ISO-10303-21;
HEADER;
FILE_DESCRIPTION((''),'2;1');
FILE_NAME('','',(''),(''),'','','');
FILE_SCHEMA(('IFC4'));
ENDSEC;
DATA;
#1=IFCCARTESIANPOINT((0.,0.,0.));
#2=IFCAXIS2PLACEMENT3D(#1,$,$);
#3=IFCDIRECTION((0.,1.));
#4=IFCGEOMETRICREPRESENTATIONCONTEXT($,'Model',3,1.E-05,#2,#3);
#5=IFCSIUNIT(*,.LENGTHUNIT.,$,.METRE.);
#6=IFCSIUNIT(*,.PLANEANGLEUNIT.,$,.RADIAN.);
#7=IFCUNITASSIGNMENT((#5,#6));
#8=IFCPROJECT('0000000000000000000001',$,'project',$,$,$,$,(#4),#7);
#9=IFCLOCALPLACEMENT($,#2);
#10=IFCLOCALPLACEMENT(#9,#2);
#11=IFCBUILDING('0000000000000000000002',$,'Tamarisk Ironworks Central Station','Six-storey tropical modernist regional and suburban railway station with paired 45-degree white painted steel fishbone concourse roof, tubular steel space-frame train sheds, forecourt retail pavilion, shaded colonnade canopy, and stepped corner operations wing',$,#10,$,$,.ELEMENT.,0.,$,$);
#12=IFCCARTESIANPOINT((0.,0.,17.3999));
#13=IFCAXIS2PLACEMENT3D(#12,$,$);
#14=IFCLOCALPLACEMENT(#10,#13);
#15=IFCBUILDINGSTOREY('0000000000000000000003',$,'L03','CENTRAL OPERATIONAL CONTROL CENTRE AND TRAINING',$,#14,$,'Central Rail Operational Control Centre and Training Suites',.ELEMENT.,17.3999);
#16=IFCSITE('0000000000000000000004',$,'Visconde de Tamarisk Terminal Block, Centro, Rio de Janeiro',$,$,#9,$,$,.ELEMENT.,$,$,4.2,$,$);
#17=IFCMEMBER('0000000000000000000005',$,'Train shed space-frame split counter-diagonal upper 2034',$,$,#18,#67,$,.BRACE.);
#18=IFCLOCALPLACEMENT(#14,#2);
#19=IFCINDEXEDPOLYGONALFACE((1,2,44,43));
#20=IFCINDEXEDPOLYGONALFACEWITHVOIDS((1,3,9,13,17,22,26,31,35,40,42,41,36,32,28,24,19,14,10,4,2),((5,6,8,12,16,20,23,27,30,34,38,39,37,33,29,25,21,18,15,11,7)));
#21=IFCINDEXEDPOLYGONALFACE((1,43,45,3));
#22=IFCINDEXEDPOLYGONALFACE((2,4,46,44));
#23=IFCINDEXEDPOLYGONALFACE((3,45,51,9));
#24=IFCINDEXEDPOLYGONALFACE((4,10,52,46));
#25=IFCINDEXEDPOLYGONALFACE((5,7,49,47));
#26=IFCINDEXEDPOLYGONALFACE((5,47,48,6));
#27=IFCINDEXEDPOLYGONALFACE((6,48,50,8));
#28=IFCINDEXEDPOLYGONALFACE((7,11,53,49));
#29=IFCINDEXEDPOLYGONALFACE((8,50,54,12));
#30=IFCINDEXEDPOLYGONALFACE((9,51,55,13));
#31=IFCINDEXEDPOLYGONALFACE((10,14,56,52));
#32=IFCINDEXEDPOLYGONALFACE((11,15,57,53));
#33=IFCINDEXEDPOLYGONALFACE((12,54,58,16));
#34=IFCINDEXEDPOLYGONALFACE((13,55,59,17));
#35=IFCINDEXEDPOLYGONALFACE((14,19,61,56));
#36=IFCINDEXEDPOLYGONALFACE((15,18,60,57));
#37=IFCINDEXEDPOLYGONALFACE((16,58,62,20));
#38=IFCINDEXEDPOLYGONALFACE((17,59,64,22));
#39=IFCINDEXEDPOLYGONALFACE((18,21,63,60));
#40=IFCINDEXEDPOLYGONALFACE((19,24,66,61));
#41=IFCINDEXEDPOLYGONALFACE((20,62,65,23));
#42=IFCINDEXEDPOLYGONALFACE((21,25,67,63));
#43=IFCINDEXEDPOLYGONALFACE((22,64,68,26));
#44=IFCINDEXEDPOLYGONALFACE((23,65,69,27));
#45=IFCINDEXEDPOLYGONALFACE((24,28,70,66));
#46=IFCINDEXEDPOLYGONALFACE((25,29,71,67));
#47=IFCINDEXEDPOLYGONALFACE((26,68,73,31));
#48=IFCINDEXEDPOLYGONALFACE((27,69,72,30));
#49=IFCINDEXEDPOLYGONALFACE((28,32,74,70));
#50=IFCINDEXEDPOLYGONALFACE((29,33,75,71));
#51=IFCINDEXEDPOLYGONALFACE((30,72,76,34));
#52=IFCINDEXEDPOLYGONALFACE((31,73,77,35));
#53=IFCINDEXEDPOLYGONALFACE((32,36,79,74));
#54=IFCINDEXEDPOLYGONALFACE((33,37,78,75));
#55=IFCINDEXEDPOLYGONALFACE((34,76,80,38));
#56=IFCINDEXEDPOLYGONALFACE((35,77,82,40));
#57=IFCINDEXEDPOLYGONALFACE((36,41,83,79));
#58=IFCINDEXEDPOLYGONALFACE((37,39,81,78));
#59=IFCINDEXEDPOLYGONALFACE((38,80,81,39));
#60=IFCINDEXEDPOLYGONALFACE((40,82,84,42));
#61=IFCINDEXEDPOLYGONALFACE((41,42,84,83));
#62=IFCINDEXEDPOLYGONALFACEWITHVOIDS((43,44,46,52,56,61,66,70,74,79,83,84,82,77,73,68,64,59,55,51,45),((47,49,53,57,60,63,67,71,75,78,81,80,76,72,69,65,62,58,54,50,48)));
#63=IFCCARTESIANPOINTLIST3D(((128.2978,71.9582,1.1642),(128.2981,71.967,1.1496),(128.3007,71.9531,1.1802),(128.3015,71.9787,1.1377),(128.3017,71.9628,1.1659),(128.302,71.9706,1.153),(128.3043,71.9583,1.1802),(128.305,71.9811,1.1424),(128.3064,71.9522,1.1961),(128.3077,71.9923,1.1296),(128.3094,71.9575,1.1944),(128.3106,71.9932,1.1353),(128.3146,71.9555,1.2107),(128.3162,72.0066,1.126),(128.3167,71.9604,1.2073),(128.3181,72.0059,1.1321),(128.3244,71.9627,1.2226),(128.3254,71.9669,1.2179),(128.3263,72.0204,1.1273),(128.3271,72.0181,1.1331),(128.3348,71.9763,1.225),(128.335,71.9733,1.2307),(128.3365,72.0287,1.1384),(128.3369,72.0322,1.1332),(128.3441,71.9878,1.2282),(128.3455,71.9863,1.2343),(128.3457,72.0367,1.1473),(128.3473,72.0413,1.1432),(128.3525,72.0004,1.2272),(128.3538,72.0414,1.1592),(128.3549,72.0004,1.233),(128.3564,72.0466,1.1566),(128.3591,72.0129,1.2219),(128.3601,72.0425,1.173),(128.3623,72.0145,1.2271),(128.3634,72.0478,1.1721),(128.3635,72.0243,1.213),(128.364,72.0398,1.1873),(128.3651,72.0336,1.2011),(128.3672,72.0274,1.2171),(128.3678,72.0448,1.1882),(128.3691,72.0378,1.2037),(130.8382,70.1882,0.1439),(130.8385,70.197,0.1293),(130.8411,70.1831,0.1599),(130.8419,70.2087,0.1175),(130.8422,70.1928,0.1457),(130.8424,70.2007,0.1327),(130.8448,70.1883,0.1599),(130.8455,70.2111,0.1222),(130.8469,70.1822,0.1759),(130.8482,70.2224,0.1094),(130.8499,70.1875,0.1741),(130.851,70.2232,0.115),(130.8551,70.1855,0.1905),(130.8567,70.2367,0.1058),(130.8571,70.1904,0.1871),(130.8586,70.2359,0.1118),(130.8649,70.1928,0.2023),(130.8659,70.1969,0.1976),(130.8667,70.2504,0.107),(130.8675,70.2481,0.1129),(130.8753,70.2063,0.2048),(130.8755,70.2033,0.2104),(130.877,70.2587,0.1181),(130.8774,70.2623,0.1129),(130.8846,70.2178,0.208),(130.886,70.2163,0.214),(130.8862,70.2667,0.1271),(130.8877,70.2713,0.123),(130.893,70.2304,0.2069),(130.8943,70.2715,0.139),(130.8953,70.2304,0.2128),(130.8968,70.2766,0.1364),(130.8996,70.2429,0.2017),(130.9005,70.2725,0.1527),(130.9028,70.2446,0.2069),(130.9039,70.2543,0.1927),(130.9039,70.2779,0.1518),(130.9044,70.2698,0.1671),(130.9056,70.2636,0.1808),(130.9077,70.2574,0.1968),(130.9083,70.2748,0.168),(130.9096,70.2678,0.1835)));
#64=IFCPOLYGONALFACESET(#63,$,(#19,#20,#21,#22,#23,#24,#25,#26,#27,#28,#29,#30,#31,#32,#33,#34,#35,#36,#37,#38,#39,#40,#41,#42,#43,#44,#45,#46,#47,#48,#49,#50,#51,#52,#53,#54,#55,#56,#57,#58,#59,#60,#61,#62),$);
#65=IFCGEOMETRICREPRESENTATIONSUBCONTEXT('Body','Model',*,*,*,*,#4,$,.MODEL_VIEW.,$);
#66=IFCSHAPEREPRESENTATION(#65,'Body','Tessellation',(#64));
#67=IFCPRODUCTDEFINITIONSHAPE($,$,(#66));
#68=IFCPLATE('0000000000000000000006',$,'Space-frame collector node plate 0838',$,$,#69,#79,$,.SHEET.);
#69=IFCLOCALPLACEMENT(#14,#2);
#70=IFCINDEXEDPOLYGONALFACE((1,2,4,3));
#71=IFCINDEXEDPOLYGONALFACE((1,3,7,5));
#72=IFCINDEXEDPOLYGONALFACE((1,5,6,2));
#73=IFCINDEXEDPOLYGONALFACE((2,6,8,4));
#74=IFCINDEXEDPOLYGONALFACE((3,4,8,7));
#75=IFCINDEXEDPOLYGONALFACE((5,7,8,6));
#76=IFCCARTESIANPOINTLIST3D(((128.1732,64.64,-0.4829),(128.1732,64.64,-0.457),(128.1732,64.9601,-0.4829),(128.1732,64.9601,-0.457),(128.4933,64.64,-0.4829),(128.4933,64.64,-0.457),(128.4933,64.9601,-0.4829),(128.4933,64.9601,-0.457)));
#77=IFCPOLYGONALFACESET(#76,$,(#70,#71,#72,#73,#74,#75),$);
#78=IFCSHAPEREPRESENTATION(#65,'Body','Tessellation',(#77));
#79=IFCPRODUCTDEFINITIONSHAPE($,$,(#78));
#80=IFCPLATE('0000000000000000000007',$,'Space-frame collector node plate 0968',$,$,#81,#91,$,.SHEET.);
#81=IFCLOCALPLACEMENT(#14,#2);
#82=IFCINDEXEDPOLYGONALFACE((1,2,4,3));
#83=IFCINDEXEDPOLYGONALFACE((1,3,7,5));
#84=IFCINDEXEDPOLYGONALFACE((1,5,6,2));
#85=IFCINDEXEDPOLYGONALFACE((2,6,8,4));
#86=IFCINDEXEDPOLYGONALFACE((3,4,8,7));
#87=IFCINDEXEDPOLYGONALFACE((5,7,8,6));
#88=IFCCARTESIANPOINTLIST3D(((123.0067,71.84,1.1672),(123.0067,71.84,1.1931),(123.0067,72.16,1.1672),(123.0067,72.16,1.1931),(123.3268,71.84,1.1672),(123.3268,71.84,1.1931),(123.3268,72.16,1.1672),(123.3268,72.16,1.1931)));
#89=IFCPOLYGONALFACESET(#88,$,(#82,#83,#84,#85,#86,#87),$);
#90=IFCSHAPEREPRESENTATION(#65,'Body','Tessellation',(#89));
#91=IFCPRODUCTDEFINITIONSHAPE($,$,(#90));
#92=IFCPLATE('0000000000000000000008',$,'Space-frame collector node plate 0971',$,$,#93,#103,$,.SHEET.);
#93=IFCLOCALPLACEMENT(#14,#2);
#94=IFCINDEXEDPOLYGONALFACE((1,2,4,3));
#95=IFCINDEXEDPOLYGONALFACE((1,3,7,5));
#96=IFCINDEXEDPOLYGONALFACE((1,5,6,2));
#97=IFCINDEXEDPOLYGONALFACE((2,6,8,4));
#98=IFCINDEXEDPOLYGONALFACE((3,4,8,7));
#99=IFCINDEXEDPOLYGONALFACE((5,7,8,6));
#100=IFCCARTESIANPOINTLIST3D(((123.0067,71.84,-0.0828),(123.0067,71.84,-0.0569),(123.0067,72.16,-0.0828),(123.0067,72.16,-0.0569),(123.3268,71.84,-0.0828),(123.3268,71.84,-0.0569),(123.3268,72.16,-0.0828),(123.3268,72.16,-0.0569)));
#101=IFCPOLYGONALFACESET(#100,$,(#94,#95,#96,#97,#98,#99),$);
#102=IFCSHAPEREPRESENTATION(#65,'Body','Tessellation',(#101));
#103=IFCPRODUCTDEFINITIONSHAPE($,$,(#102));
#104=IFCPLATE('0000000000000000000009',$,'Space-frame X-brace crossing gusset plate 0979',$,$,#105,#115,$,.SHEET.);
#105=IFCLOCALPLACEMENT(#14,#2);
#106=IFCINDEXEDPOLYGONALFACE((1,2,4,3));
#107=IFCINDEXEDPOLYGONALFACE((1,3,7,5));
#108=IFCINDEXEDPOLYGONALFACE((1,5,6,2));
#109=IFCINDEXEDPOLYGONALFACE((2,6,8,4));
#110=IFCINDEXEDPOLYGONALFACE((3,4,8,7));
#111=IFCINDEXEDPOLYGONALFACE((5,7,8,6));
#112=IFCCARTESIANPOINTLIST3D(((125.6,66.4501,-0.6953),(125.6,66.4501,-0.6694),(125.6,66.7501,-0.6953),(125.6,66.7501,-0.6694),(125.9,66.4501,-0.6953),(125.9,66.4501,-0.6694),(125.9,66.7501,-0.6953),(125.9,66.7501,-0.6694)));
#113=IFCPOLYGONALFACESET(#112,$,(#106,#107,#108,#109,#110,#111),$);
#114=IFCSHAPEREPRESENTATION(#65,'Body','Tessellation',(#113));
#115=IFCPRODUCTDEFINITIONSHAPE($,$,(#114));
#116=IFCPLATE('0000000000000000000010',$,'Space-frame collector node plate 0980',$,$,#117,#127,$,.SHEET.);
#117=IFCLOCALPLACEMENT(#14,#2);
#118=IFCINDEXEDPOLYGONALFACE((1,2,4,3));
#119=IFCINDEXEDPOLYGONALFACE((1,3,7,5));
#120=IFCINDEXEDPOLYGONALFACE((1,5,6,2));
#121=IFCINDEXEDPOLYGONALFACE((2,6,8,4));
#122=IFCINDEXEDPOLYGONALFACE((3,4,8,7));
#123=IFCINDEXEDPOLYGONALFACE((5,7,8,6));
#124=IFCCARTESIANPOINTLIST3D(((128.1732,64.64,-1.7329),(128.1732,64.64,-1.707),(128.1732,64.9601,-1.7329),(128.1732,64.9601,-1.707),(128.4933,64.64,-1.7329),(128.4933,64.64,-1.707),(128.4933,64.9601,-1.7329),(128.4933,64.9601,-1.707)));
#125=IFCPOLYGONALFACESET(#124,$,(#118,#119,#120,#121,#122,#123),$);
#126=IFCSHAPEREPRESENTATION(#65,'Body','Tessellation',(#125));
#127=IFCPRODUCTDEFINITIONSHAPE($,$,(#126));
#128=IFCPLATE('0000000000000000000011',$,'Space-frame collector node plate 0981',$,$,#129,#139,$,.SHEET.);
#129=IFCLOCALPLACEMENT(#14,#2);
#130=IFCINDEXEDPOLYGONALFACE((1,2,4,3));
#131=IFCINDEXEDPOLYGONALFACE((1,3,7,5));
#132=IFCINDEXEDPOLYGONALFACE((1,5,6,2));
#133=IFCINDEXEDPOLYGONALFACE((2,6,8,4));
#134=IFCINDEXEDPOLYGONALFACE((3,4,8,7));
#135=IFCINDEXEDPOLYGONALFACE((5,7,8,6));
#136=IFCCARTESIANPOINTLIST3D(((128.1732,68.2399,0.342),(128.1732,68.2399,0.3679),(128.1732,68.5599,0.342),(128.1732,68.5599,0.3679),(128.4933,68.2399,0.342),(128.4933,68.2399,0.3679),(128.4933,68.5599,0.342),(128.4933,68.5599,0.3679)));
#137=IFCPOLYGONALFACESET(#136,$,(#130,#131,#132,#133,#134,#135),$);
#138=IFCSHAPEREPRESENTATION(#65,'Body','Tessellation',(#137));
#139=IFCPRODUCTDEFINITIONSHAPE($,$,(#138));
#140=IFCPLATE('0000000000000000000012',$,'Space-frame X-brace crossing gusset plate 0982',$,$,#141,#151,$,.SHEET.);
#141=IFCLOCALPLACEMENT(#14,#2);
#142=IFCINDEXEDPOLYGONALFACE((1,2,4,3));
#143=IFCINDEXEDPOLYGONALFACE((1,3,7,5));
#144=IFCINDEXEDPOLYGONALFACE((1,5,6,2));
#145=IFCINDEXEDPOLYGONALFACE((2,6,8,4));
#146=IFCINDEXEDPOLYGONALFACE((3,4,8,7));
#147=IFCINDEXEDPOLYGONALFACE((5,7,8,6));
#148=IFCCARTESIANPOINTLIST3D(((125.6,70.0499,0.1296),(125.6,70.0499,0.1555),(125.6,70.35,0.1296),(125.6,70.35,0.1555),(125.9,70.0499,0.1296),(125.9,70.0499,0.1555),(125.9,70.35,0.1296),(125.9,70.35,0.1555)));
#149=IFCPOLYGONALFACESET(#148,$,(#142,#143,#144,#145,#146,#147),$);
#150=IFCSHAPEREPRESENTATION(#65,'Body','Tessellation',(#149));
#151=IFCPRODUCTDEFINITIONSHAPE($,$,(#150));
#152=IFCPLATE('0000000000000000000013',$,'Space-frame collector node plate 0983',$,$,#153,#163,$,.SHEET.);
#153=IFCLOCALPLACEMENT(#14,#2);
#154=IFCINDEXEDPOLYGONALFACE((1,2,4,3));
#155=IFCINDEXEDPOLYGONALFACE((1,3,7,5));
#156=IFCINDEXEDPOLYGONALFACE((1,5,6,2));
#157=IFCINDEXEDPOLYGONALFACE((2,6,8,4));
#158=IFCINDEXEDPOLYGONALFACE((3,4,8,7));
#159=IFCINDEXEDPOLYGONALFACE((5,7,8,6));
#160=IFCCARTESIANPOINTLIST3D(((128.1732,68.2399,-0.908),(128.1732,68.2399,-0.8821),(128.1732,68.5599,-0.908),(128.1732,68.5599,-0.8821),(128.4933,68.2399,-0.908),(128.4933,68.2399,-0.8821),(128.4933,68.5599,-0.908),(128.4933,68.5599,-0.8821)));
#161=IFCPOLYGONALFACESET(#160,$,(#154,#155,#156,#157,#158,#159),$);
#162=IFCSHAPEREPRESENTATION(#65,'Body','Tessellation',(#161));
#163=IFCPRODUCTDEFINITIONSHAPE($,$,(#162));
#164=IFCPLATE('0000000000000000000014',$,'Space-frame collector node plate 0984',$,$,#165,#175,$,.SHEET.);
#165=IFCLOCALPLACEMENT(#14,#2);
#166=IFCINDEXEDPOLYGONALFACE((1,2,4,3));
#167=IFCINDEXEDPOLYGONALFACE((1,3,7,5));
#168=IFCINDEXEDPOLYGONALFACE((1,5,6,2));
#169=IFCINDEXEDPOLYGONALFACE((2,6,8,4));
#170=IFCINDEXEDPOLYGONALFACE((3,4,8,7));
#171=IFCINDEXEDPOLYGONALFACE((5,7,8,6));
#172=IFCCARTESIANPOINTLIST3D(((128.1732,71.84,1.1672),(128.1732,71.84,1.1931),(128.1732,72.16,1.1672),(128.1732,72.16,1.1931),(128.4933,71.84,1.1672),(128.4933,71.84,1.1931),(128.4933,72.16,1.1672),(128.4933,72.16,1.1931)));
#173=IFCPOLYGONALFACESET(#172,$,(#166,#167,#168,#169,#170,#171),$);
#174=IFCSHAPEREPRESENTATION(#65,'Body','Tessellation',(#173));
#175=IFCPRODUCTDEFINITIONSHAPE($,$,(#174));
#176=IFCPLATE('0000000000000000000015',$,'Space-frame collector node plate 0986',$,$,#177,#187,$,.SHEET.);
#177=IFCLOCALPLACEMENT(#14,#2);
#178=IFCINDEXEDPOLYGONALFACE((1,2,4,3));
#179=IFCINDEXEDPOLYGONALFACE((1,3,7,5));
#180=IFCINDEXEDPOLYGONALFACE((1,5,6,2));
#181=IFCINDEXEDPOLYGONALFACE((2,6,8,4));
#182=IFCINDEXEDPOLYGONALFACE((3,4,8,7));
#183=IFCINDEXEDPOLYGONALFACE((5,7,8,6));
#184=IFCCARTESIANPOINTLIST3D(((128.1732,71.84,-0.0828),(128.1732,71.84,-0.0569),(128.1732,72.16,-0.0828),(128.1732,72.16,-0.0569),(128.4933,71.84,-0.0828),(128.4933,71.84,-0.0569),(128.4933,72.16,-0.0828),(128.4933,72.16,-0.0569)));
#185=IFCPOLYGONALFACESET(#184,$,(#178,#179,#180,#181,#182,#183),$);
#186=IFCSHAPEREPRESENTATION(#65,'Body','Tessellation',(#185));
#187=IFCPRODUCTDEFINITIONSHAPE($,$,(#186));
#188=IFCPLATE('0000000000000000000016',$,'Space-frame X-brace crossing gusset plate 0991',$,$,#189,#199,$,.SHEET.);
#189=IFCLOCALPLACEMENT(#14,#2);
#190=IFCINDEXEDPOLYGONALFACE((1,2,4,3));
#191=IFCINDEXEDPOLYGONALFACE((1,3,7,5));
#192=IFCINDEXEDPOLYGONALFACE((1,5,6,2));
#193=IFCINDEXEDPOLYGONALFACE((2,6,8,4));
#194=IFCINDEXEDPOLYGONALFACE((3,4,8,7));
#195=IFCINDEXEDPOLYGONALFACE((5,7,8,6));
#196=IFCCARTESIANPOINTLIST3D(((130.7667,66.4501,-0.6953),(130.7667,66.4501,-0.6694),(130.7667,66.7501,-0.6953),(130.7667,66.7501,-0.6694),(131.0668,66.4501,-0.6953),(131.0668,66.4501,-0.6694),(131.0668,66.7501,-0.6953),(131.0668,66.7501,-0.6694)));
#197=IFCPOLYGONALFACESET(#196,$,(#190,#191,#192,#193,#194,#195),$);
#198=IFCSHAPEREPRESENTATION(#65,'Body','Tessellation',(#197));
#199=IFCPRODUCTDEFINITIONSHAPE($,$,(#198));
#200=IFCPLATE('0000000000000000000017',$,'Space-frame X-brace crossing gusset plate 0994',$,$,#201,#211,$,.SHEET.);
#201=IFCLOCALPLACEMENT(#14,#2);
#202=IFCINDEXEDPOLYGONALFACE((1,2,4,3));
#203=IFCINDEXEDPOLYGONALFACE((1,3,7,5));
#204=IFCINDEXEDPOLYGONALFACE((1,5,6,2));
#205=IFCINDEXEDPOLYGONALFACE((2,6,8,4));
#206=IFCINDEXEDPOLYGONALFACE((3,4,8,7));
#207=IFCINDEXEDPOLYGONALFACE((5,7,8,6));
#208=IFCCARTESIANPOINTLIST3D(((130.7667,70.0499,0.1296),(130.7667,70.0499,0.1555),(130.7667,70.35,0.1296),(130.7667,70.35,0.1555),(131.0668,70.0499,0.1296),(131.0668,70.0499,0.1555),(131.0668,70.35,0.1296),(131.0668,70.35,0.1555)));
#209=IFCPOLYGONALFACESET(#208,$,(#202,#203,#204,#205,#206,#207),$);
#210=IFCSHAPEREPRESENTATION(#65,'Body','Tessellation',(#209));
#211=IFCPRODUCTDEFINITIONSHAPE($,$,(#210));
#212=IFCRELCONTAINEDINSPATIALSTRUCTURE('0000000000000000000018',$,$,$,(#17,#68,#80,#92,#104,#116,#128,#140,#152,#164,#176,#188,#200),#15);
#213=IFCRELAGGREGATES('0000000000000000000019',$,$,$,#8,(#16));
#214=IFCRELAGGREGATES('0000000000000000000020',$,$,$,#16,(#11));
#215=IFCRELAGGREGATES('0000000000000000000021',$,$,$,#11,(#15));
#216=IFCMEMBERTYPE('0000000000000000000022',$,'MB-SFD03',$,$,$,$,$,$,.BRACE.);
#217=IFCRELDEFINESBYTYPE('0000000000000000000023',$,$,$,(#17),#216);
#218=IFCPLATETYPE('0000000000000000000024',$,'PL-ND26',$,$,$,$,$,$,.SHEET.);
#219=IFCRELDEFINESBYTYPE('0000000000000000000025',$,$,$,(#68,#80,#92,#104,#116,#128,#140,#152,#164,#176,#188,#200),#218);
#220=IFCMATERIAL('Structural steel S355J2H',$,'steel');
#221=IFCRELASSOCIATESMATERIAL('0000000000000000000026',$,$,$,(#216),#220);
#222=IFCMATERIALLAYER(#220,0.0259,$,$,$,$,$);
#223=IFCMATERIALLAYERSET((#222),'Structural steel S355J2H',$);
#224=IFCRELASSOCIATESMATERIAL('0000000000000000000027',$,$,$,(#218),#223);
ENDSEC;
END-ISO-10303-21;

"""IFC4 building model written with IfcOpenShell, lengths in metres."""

from ifc_helpers import new_model, si_unit, direction, frame, origin, origin_2d, place, context, subcontext, project, spatial, rectangle, hollow_circle, extrude, material, layer, layer_set, material_profile, profile_set, type_object, element, save


model = new_model("IFC4")

# Units and contexts
model_context = context("Model", 3, precision=1e-05, world=origin(), true_north=direction((0.0, 1.0)))
body_context = subcontext(model_context, "Body", "Model", "MODEL_VIEW")
ifc_project = project(units=[si_unit("LENGTHUNIT", "METRE"), si_unit("PLANEANGLEUNIT", "RADIAN")], contexts=[model_context])

# Site, building, storey
site_placement = place(None, origin())
site = spatial("IfcSite", under=ifc_project, at=site_placement, Name="Visconde de Tamarisk Terminal Block, Centro, Rio de Janeiro", CompositionType="ELEMENT", RefElevation=4.2)
building_placement = place(site_placement, origin())
building = spatial("IfcBuilding", under=site, at=building_placement, Name="Tamarisk Ironworks Central Station", Description="Six-storey tropical modernist regional and suburban railway station with paired 45-degree white painted steel fishbone concourse roof, tubular steel space-frame train sheds, forecourt retail pavilion, shaded colonnade canopy, and stepped corner operations wing", CompositionType="ELEMENT", ElevationOfRefHeight=0.0)
storey_placement = place(building_placement, frame((0.0, 0.0, 17.3999)))
storey = spatial("IfcBuildingStorey", under=building, at=storey_placement, Name="L03", Description="CENTRAL OPERATIONAL CONTROL CENTRE AND TRAINING", LongName="Central Rail Operational Control Centre and Training Suites", CompositionType="ELEMENT", Elevation=17.3999)

# Member
ifc_material_1 = material(Name="Structural steel S355J2H", Category="steel")
ifc_material_profile_1 = material_profile(ifc_material_1, hollow_circle(Radius=0.0571, WallThickness=0.0063, at=origin_2d()), Name="CHS 114.3x6.3")
ifc_profile_set_1 = profile_set([ifc_material_profile_1], Name="Structural steel S355J2H")
member_type_1 = type_object("IfcMemberType", Name="MB-SFD03", PredefinedType="BRACE", material=ifc_profile_set_1)
for number, where, z_axis, x_axis, name in (
    (1, (130.8738, 70.23, 0.1599), (-0.779281, 0.542936, 0.312956), (-0.571651, -0.820497, 0.0), "Train shed space-frame split counter-diagonal upper 2034"),
):
    element("IfcMember", number, at=place(storey_placement, frame(where, z_axis=z_axis, x_axis=x_axis)), inside=storey, type_object=member_type_1, Name=name, PredefinedType="BRACE", context=body_context, shape_type="SweptSolid", body=[
        extrude(hollow_circle(Radius=0.0571, WallThickness=0.0063, at=origin_2d()), origin(), (0.0, 0.0, 1.0), 3.26),
    ])

# Plates
ifc_layer = layer(ifc_material_1, 0.0259)
ifc_layer_set = layer_set([ifc_layer], Name="Structural steel S355J2H")
plate_type = type_object("IfcPlateType", Name="PL-ND26", PredefinedType="SHEET", material=ifc_layer_set)
for number, where, z_axis, x_axis, name in (
    (2, (128.3333, 64.8, -0.4829), (0.0, 0.0, 1.0), (1.0, 0.0, 0.0), "Space-frame collector node plate 0838"),
    (3, (123.1667, 72.0, 1.1672), (0.0, 0.0, 1.0), (1.0, 0.0, 0.0), "Space-frame collector node plate 0968"),
    (4, (123.1667, 72.0, -0.0828), (0.0, 0.0, 1.0), (1.0, 0.0, 0.0), "Space-frame collector node plate 0971"),
):
    element("IfcPlate", number, at=place(storey_placement, frame(where, z_axis=z_axis, x_axis=x_axis)), inside=storey, type_object=plate_type, Name=name, PredefinedType="SHEET", context=body_context, shape_type="SweptSolid", body=[
        extrude(rectangle(XDim=0.3201, YDim=0.3201, at=origin_2d()), origin(), (0.0, 0.0, 1.0), 0.0259),
    ])
plate_1_placement = place(storey_placement, frame((125.75, 66.6001, -0.6953), z_axis=(0.0, 0.0, 1.0), x_axis=(1.0, 0.0, 0.0)))
element("IfcPlate", 5, at=plate_1_placement, inside=storey, type_object=plate_type, Name="Space-frame X-brace crossing gusset plate 0979", PredefinedType="SHEET", context=body_context, shape_type="SweptSolid", body=[
    extrude(rectangle(XDim=0.3, YDim=0.3, at=origin_2d()), origin(), (0.0, 0.0, 1.0), 0.0259),
])
for number, where, z_axis, x_axis, name in (
    (6, (128.3333, 64.8, -1.7329), (0.0, 0.0, 1.0), (1.0, 0.0, 0.0), "Space-frame collector node plate 0980"),
    (7, (128.3333, 68.3999, 0.342), (0.0, 0.0, 1.0), (1.0, 0.0, 0.0), "Space-frame collector node plate 0981"),
):
    element("IfcPlate", number, at=place(storey_placement, frame(where, z_axis=z_axis, x_axis=x_axis)), inside=storey, type_object=plate_type, Name=name, PredefinedType="SHEET", context=body_context, shape_type="SweptSolid", body=[
        extrude(rectangle(XDim=0.3201, YDim=0.3201, at=origin_2d()), origin(), (0.0, 0.0, 1.0), 0.0259),
    ])
plate_2_placement = place(storey_placement, frame((125.75, 70.2, 0.1296), z_axis=(0.0, 0.0, 1.0), x_axis=(1.0, 0.0, 0.0)))
element("IfcPlate", 8, at=plate_2_placement, inside=storey, type_object=plate_type, Name="Space-frame X-brace crossing gusset plate 0982", PredefinedType="SHEET", context=body_context, shape_type="SweptSolid", body=[
    extrude(rectangle(XDim=0.3, YDim=0.3, at=origin_2d()), origin(), (0.0, 0.0, 1.0), 0.0259),
])
for number, where, z_axis, x_axis, name in (
    (9, (128.3333, 68.3999, -0.908), (0.0, 0.0, 1.0), (1.0, 0.0, 0.0), "Space-frame collector node plate 0983"),
    (10, (128.3333, 72.0, 1.1672), (0.0, 0.0, 1.0), (1.0, 0.0, 0.0), "Space-frame collector node plate 0984"),
    (11, (128.3333, 72.0, -0.0828), (0.0, 0.0, 1.0), (1.0, 0.0, 0.0), "Space-frame collector node plate 0986"),
):
    element("IfcPlate", number, at=place(storey_placement, frame(where, z_axis=z_axis, x_axis=x_axis)), inside=storey, type_object=plate_type, Name=name, PredefinedType="SHEET", context=body_context, shape_type="SweptSolid", body=[
        extrude(rectangle(XDim=0.3201, YDim=0.3201, at=origin_2d()), origin(), (0.0, 0.0, 1.0), 0.0259),
    ])
for number, where, z_axis, x_axis, name in (
    (12, (130.9167, 66.6001, -0.6953), (0.0, 0.0, 1.0), (1.0, 0.0, 0.0), "Space-frame X-brace crossing gusset plate 0991"),
    (13, (130.9167, 70.2, 0.1296), (0.0, 0.0, 1.0), (1.0, 0.0, 0.0), "Space-frame X-brace crossing gusset plate 0994"),
):
    element("IfcPlate", number, at=place(storey_placement, frame(where, z_axis=z_axis, x_axis=x_axis)), inside=storey, type_object=plate_type, Name=name, PredefinedType="SHEET", context=body_context, shape_type="SweptSolid", body=[
        extrude(rectangle(XDim=0.3, YDim=0.3, at=origin_2d()), origin(), (0.0, 0.0, 1.0), 0.0259),
    ])

save(model, "model.ifc")
